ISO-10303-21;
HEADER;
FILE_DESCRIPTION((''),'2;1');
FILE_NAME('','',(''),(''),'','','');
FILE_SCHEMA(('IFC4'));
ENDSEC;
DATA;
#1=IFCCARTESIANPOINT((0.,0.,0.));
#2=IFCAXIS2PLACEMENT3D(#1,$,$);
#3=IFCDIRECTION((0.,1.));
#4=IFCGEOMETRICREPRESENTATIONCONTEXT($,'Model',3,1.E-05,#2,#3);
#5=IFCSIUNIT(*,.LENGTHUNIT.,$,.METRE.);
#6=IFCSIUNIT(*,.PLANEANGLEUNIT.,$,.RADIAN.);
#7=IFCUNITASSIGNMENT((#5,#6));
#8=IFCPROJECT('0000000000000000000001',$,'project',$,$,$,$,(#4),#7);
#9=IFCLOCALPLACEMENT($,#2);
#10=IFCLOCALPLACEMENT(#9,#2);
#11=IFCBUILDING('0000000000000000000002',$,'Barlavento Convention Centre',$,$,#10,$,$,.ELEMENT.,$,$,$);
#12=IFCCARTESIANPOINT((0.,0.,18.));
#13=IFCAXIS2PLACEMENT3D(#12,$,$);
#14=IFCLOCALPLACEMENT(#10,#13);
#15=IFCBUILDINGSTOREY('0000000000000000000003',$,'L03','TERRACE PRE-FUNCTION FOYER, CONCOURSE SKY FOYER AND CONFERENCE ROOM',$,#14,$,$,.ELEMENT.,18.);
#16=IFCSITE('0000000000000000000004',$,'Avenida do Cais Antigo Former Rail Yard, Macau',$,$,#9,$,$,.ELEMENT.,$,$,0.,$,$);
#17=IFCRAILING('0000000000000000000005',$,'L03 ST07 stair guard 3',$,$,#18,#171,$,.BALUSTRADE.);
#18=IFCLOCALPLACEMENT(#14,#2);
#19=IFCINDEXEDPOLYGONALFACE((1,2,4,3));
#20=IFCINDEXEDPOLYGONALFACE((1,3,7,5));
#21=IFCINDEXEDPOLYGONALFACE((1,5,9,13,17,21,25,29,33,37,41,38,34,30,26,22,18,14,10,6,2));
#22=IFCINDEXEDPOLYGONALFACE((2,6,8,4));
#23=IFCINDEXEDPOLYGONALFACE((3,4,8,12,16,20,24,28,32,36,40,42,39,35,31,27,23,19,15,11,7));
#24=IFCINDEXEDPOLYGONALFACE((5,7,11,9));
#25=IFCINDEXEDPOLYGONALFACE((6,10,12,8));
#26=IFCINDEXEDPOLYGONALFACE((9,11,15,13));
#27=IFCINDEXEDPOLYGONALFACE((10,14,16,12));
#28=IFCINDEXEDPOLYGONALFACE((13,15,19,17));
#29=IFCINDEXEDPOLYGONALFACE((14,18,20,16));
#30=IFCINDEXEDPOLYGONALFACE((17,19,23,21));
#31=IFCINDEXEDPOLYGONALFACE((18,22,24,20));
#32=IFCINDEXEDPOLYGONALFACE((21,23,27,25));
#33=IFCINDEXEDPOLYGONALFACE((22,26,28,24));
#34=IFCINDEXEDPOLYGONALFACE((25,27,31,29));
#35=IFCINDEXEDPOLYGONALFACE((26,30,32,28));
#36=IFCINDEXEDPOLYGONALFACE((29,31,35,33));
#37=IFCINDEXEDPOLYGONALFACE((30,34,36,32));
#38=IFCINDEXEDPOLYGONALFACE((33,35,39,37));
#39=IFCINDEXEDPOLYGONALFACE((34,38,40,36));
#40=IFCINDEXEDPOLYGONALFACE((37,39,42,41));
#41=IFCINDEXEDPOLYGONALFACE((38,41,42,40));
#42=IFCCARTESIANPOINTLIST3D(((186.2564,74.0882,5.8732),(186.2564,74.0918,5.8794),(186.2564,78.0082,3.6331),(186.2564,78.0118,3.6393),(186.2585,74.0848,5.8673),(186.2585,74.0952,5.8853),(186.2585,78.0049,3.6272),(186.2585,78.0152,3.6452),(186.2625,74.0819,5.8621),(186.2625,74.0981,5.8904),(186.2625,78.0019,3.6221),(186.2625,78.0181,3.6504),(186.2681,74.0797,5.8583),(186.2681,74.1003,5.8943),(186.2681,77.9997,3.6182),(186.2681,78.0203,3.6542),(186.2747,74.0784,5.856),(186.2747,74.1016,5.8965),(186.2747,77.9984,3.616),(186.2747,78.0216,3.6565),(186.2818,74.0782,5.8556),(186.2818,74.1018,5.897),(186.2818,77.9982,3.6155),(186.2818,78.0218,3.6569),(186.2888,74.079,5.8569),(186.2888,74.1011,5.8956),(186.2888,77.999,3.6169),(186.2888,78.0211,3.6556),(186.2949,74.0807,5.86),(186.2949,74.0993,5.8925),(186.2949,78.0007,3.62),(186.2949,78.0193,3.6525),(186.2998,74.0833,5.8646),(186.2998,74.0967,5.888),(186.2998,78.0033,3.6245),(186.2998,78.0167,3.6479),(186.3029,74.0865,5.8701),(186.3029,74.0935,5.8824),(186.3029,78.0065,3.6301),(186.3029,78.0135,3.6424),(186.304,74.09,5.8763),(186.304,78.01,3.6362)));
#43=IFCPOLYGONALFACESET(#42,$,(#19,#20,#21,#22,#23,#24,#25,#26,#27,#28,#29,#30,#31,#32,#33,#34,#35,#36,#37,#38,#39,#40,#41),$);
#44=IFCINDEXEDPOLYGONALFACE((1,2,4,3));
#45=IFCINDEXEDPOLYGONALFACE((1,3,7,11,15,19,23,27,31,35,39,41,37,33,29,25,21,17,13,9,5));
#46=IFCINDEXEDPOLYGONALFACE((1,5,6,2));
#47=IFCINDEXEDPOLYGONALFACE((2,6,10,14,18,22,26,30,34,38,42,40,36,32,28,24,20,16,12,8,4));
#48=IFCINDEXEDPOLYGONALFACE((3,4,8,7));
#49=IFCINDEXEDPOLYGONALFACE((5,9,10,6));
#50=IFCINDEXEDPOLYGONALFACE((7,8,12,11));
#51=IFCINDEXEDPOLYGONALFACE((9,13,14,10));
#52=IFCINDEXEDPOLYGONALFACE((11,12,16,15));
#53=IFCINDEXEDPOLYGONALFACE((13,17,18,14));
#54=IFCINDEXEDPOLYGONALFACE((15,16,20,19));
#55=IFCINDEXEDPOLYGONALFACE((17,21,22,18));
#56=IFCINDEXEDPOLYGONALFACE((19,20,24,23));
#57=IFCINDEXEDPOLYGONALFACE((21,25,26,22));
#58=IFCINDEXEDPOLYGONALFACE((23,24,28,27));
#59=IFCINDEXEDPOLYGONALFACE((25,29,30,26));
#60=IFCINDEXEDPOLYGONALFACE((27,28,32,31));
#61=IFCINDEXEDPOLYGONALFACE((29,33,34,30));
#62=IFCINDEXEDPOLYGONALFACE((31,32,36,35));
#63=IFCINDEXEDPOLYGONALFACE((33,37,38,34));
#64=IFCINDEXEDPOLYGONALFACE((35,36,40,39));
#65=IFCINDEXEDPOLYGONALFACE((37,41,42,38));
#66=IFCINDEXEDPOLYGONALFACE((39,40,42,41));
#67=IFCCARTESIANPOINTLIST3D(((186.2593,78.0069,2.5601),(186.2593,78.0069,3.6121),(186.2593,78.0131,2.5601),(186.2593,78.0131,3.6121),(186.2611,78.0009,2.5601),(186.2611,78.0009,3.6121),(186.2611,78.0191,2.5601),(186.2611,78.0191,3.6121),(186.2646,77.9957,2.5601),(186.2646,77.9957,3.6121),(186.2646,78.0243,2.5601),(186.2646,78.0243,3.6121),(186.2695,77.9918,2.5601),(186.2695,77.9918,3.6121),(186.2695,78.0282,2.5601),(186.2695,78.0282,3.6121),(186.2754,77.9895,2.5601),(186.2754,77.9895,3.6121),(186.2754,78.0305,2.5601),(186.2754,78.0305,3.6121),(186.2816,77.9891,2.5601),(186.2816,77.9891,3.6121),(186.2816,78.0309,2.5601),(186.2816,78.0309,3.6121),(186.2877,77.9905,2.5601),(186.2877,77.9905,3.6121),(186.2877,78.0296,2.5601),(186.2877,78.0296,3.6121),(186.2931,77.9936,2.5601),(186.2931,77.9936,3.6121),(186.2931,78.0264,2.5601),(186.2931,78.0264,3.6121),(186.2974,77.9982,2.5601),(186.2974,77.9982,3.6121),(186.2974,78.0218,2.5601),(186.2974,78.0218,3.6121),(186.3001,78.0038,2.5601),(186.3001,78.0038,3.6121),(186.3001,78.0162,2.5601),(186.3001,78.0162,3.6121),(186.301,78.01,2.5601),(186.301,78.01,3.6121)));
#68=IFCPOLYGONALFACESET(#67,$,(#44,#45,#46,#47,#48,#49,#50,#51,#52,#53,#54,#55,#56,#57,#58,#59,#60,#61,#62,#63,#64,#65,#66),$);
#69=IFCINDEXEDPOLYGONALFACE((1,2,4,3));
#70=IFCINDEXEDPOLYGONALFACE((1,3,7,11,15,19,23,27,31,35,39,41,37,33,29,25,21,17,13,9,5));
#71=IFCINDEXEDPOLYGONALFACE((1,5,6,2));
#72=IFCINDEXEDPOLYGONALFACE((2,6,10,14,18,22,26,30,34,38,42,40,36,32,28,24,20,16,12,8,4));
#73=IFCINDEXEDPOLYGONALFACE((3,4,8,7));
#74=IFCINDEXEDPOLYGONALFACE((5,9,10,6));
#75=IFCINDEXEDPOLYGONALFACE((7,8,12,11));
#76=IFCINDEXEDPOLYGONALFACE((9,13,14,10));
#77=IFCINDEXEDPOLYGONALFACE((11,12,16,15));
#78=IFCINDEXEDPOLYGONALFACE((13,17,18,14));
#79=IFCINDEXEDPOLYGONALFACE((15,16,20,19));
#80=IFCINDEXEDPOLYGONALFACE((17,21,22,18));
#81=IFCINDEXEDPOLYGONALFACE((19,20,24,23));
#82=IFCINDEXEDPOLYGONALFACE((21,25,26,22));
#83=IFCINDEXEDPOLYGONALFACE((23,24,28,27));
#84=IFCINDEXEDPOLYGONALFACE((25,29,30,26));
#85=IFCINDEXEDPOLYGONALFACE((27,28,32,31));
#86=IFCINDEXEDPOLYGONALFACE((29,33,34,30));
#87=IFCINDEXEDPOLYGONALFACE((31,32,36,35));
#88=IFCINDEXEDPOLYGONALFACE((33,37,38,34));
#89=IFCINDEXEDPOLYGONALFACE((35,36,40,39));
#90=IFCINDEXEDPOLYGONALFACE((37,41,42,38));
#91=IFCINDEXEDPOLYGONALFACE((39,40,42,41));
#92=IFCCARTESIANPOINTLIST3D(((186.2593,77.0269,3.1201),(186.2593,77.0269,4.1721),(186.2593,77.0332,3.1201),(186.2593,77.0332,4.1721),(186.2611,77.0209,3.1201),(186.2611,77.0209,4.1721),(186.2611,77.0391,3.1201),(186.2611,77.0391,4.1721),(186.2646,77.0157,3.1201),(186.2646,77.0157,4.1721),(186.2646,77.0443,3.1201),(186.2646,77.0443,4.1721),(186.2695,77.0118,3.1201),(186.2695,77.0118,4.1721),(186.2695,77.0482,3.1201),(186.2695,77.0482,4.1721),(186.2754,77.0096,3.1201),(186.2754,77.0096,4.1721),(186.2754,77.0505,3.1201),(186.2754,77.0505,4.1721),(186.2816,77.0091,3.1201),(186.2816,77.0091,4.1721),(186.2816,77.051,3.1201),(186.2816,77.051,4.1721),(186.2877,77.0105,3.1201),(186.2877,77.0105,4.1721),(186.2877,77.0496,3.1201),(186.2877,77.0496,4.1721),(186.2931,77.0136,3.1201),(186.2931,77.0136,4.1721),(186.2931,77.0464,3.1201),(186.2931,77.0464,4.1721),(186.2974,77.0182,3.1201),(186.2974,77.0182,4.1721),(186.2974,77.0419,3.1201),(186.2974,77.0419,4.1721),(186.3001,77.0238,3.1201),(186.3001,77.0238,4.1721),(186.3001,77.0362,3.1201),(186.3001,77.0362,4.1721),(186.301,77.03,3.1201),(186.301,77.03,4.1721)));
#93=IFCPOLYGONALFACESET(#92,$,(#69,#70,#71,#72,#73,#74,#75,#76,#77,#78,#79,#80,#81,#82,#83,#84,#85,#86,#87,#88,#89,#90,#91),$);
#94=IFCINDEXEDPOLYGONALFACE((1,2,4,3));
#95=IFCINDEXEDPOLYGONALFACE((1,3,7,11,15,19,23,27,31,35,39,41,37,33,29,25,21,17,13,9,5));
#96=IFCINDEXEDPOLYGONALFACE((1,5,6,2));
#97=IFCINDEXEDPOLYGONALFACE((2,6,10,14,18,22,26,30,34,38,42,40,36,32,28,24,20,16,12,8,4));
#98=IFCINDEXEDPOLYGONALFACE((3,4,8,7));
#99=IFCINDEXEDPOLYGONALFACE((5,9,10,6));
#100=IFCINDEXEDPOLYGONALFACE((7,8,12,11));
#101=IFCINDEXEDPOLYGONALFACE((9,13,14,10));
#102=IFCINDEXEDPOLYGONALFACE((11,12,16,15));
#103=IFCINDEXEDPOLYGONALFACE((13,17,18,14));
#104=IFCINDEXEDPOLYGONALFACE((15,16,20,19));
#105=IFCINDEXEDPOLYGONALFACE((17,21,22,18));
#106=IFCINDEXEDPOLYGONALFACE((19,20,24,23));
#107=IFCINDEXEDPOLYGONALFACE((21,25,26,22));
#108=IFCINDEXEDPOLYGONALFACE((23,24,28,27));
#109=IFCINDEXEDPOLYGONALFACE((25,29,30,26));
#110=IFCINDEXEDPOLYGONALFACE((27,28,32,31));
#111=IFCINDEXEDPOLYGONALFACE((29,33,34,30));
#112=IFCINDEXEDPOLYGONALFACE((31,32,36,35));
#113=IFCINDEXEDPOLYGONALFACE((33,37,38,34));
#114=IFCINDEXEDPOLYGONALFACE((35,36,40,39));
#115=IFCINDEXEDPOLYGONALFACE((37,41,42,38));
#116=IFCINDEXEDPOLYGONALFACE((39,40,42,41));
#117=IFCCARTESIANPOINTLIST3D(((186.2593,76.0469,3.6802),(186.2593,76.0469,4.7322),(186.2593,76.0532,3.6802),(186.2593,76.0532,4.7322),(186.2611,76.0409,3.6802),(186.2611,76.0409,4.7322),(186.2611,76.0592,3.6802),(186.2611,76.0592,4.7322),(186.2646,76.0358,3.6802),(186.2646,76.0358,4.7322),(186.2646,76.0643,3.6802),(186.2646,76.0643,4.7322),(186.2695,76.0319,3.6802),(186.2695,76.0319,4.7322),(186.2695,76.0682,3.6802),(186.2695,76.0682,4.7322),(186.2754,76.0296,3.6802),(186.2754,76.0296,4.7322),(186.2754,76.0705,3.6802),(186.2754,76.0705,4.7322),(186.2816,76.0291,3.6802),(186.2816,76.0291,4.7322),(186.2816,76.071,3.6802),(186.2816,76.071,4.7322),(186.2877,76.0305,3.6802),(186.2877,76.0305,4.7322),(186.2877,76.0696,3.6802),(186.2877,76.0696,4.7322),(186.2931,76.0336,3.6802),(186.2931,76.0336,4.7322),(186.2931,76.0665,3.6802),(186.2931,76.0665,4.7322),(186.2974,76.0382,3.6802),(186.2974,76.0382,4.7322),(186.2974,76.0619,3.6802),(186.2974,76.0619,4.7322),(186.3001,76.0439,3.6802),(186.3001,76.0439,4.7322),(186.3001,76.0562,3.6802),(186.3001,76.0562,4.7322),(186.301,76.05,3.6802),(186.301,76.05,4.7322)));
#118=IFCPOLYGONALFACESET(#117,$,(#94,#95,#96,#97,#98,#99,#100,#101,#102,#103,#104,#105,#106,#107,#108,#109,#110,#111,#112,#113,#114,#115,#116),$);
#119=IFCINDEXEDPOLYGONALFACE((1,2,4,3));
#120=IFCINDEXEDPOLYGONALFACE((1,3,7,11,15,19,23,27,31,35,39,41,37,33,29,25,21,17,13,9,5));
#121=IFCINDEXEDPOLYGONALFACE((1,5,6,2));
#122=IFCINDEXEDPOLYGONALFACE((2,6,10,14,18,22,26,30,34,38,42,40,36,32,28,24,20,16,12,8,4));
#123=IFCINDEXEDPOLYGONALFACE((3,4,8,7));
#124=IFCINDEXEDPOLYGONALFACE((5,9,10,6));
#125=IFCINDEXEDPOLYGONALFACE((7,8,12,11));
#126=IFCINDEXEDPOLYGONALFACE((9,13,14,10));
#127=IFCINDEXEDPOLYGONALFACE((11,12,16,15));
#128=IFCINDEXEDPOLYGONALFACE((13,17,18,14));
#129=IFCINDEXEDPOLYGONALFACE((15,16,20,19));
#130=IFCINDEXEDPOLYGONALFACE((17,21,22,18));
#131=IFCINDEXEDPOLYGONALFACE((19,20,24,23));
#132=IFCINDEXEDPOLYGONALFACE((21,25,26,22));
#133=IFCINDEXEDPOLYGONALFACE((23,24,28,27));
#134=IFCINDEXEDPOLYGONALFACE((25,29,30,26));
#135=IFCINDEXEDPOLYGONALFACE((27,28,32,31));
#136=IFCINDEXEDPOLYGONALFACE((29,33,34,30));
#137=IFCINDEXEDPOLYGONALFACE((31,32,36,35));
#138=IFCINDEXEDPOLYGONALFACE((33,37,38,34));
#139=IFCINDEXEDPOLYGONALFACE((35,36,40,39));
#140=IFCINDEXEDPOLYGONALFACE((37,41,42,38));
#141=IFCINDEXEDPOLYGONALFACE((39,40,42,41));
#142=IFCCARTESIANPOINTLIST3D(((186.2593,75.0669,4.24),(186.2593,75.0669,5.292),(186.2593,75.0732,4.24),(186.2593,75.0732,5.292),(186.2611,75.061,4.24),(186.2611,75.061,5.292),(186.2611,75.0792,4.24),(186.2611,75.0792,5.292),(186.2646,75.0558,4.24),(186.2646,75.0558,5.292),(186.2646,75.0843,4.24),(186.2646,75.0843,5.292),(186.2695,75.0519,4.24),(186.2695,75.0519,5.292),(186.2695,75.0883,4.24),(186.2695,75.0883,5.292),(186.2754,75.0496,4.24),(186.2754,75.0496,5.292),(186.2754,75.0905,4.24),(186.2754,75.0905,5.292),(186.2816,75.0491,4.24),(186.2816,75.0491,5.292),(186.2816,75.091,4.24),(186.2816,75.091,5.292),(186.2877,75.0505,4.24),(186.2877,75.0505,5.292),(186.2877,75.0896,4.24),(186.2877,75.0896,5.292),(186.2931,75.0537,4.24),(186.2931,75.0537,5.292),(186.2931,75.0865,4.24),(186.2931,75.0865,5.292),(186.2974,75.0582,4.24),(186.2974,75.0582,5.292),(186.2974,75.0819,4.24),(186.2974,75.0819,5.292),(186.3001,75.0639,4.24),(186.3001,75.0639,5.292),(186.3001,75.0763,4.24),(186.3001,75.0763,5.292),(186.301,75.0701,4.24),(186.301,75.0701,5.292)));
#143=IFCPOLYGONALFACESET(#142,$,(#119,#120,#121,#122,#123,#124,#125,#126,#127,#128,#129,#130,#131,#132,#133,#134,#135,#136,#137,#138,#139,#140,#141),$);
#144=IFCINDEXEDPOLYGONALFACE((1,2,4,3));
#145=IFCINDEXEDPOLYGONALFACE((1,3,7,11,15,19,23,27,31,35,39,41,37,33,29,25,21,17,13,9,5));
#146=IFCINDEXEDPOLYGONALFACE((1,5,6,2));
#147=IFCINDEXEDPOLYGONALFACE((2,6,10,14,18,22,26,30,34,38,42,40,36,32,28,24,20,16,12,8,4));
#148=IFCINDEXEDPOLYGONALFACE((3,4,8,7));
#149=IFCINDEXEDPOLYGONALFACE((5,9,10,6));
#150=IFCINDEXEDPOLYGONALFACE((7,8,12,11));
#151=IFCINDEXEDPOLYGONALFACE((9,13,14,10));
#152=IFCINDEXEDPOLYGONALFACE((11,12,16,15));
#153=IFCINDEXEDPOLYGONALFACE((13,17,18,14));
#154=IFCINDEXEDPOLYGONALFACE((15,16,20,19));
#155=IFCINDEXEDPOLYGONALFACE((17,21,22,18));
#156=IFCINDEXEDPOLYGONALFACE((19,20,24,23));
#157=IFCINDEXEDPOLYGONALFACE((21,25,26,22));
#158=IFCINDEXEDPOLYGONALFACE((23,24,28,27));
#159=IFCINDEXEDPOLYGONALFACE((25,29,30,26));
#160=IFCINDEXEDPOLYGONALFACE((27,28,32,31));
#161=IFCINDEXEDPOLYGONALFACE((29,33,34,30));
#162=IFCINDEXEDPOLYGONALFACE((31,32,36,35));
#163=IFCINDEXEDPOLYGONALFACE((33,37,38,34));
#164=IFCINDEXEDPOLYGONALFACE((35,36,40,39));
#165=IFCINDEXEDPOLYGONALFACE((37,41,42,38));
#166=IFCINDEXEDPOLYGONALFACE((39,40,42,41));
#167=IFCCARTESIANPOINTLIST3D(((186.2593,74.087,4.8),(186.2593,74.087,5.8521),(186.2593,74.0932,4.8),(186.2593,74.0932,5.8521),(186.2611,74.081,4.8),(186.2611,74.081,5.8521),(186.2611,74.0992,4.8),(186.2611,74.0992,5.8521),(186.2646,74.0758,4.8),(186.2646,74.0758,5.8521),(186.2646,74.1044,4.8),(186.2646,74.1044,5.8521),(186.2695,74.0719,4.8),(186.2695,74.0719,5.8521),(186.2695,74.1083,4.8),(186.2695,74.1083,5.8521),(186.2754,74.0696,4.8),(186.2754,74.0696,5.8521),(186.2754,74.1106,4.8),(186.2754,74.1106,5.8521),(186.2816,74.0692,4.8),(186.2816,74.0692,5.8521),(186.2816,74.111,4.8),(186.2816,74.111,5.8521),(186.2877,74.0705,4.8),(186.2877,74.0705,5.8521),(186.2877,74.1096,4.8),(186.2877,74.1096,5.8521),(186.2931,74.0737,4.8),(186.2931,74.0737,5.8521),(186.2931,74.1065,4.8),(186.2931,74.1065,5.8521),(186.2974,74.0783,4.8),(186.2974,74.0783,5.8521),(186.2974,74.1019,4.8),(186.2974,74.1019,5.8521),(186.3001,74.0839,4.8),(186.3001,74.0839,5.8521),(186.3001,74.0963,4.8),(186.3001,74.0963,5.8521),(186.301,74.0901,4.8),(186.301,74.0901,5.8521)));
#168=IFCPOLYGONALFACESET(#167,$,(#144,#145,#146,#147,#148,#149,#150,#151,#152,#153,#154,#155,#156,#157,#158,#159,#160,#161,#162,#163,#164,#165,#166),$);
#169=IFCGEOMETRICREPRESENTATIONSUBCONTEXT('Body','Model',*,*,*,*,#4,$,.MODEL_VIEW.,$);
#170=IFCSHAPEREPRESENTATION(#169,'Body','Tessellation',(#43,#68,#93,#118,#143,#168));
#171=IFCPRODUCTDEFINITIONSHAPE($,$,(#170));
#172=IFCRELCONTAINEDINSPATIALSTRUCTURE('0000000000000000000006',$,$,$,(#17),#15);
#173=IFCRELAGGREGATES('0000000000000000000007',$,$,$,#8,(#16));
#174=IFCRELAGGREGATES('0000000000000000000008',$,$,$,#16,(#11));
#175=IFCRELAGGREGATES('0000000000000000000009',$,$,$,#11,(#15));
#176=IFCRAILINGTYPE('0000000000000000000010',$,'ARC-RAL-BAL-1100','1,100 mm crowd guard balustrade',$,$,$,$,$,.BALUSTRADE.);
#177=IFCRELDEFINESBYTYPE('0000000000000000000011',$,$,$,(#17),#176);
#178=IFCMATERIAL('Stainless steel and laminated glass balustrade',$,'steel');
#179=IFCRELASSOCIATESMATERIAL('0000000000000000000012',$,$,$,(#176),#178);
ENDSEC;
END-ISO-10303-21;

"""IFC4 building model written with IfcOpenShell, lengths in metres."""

from ifc_helpers import new_model, si_unit, direction, frame, origin, origin_2d, place, context, subcontext, project, spatial, circle, extrude, material, type_object, element, save


model = new_model("IFC4")

# Units and contexts
model_context = context("Model", 3, precision=1e-05, world=origin(), true_north=direction((0.0, 1.0)))
body_context = subcontext(model_context, "Body", "Model", "MODEL_VIEW")
ifc_project = project(units=[si_unit("LENGTHUNIT", "METRE"), si_unit("PLANEANGLEUNIT", "RADIAN")], contexts=[model_context])

# Site, building, storey
site_placement = place(None, origin())
site = spatial("IfcSite", under=ifc_project, at=site_placement, Name="Avenida do Cais Antigo Former Rail Yard, Macau", CompositionType="ELEMENT", RefElevation=0.0)
building_placement = place(site_placement, origin())
building = spatial("IfcBuilding", under=site, at=building_placement, Name="Barlavento Convention Centre", CompositionType="ELEMENT")
storey_placement = place(building_placement, frame((0.0, 0.0, 18.0)))
storey = spatial("IfcBuildingStorey", under=building, at=storey_placement, Name="L03", Description="TERRACE PRE-FUNCTION FOYER, CONCOURSE SKY FOYER AND CONFERENCE ROOM", CompositionType="ELEMENT", Elevation=18.0)

# Railing
ifc_material_1 = material(Name="Stainless steel and laminated glass balustrade", Category="steel")
railing_type_1 = type_object("IfcRailingType", Name="ARC-RAL-BAL-1100", Description="1,100 mm crowd guard balustrade", PredefinedType="BALUSTRADE", material=ifc_material_1)
railing_1_placement = place(storey_placement, frame((186.28, 78.01, 2.5601)))
element("IfcRailing", 1, at=railing_1_placement, inside=storey, type_object=railing_type_1, Name="L03 ST07 stair guard 3", PredefinedType="BALUSTRADE", context=body_context, shape_type="SweptSolid", body=[
    extrude(circle(Radius=0.0239, at=origin_2d()), frame((0.0, 0.0, 1.0762), z_axis=(0.0, -0.86824, 0.496145), x_axis=(1.0, 0.0, 0.0)), (0.0, 0.0, 1.0), 4.5149),
    extrude(circle(Radius=0.021, at=origin_2d()), origin(), (0.0, 0.0, 1.0), 1.052),
    extrude(circle(Radius=0.021, at=origin_2d()), frame((0.0, -0.98, 0.5601)), (0.0, 0.0, 1.0), 1.052),
    extrude(circle(Radius=0.021, at=origin_2d()), frame((0.0, -1.96, 1.1201)), (0.0, 0.0, 1.0), 1.052),
    extrude(circle(Radius=0.021, at=origin_2d()), frame((0.0, -2.9399, 1.6799)), (0.0, 0.0, 1.0), 1.052),
    extrude(circle(Radius=0.021, at=origin_2d()), frame((0.0, -3.9199, 2.24)), (0.0, 0.0, 1.0), 1.052),
])

save(model, "model.ifc")
